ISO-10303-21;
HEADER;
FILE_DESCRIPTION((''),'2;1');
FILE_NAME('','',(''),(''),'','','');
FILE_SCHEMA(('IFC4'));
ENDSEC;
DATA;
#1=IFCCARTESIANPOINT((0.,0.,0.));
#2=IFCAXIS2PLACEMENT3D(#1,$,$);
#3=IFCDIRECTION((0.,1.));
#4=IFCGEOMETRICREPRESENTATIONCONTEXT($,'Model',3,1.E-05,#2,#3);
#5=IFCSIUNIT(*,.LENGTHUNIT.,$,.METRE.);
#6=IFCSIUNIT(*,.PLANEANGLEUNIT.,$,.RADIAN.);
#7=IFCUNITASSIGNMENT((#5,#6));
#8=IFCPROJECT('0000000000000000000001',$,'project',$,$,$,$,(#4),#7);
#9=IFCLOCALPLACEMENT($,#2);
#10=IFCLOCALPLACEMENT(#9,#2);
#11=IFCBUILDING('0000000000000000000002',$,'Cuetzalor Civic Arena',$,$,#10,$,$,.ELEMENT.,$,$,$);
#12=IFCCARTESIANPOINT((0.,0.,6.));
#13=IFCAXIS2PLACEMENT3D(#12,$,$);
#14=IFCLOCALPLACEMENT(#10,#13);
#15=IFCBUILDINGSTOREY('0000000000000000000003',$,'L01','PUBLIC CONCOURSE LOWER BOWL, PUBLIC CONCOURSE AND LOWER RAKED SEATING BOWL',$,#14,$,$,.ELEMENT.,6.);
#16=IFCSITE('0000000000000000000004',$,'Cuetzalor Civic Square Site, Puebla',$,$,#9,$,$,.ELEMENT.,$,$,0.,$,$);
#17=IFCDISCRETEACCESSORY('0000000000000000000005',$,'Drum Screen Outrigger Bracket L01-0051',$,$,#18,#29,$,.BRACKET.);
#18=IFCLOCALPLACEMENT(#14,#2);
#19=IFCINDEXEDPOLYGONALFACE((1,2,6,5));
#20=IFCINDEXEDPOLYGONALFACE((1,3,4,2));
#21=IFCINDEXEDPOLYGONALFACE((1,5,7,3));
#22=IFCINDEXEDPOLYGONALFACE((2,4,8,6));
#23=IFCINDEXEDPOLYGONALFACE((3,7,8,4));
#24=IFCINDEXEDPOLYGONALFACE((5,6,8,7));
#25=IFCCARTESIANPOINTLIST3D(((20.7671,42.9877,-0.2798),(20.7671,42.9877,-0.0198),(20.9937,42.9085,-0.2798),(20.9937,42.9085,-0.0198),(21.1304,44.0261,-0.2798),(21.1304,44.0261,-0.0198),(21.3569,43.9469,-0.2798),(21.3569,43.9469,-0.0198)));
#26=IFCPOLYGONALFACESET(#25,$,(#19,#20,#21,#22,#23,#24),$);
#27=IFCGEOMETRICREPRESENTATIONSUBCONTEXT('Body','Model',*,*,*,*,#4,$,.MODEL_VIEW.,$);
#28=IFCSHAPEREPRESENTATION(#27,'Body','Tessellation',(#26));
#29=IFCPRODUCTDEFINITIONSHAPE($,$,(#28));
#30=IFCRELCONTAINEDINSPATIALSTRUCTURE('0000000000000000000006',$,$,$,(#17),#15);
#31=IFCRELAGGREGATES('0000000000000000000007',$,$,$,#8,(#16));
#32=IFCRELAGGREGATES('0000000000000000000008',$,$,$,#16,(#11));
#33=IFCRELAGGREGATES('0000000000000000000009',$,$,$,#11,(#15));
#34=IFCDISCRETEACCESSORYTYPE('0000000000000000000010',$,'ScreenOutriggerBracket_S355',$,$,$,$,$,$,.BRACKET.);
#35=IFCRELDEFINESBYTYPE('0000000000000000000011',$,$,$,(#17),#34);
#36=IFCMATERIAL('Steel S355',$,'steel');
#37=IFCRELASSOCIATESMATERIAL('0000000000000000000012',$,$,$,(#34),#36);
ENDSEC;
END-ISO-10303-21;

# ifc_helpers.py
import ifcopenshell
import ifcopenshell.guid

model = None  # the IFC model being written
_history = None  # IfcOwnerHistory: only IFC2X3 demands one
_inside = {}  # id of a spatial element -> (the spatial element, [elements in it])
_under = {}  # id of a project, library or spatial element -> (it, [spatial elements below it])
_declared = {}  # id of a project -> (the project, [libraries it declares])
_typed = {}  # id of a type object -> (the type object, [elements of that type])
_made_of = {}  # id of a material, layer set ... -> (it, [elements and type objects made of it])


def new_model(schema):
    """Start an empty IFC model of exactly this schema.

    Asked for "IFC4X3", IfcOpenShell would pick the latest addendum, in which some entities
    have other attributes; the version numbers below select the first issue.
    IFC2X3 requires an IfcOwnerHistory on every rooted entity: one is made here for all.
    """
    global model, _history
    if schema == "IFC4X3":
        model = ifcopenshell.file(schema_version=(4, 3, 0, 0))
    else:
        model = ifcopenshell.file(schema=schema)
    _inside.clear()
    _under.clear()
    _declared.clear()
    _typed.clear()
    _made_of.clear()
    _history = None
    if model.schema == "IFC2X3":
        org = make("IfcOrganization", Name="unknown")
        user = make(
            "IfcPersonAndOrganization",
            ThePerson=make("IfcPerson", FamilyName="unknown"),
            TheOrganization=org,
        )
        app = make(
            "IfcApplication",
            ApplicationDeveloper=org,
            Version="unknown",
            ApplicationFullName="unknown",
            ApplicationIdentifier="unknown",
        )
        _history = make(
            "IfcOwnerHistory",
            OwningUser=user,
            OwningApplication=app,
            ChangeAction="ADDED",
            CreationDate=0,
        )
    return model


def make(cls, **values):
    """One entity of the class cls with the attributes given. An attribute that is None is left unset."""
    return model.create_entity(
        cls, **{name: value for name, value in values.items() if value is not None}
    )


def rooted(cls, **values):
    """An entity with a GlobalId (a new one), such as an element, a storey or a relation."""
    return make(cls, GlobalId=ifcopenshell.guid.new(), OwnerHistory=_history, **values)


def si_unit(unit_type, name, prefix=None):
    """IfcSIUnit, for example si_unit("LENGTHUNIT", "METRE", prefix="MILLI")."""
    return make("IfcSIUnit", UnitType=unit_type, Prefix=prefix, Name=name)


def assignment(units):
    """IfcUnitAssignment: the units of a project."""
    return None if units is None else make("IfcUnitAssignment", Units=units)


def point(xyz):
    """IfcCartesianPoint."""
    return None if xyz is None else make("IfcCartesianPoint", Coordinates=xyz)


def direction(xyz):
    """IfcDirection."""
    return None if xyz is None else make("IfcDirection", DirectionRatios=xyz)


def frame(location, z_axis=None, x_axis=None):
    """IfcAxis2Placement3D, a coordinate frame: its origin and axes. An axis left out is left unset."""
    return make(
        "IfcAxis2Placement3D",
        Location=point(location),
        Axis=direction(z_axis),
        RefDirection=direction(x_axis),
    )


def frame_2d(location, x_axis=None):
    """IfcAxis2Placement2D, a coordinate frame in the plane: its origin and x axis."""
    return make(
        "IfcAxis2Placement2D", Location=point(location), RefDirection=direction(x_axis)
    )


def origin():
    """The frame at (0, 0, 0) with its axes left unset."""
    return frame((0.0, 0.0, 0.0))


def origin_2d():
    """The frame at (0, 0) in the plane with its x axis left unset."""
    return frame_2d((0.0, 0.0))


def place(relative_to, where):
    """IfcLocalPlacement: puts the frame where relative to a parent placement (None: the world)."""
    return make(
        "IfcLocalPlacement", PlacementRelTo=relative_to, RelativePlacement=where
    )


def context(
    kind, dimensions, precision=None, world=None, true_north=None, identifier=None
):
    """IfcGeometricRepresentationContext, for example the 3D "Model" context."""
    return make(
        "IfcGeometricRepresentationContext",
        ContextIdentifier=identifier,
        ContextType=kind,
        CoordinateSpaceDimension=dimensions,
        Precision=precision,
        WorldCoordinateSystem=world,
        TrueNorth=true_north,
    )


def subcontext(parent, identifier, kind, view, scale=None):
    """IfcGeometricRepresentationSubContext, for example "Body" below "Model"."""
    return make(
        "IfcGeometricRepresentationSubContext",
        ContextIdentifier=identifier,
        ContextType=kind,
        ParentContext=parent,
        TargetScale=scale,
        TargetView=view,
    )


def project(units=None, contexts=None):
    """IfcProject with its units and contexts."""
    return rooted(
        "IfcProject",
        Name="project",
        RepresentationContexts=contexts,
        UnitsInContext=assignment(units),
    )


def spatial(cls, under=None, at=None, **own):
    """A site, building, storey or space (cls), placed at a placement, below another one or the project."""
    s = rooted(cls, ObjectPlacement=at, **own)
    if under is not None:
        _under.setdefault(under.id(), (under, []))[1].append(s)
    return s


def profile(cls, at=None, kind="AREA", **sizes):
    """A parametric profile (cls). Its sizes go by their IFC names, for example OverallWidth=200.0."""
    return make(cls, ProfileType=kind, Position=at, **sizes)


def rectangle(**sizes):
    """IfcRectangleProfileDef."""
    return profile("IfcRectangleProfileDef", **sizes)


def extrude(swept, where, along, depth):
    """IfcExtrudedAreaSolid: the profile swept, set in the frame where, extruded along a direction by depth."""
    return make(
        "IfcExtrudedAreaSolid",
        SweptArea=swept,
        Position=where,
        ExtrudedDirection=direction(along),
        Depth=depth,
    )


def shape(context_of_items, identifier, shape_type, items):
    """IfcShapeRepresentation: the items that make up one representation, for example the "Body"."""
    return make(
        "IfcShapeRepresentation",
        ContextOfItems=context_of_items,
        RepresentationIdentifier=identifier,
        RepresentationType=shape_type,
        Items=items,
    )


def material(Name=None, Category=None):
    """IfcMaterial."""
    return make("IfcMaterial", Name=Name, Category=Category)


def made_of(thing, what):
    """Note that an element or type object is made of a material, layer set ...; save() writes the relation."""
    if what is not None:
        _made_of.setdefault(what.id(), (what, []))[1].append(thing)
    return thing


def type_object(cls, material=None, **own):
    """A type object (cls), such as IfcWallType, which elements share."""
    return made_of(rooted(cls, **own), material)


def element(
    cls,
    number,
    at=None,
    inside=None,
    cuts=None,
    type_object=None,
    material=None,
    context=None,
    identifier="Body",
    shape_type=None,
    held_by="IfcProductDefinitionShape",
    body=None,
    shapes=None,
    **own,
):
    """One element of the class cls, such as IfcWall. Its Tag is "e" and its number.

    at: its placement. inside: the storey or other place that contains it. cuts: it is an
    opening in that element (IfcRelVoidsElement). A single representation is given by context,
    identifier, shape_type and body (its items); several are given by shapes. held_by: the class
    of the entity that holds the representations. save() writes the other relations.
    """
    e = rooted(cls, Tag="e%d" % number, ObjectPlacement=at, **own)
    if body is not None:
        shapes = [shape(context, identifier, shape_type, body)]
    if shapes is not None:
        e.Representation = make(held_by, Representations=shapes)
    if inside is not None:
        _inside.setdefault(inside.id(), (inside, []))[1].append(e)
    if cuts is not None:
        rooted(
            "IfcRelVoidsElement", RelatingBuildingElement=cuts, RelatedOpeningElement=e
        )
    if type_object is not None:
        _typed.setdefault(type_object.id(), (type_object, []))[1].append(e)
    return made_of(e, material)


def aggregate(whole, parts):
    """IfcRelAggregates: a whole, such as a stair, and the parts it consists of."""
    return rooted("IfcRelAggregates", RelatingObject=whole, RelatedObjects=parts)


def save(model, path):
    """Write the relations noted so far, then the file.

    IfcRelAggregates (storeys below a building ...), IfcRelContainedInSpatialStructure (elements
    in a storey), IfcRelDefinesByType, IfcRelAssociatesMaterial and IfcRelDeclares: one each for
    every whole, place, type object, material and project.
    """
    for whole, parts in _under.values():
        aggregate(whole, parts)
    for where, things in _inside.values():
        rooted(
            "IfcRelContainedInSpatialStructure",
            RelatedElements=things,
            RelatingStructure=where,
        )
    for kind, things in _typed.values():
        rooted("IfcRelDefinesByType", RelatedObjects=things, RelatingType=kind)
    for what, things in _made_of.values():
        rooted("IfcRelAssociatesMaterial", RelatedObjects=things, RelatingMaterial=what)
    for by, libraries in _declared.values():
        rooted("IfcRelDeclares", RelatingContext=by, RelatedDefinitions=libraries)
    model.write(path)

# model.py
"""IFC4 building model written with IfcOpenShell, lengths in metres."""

from ifc_helpers import new_model, si_unit, direction, frame, origin, origin_2d, place, context, subcontext, project, spatial, rectangle, extrude, material, type_object, element, save


model = new_model("IFC4")

# Units and contexts
model_context = context("Model", 3, precision=1e-05, world=origin(), true_north=direction((0.0, 1.0)))
body_context = subcontext(model_context, "Body", "Model", "MODEL_VIEW")
ifc_project = project(units=[si_unit("LENGTHUNIT", "METRE"), si_unit("PLANEANGLEUNIT", "RADIAN")], contexts=[model_context])

# Site, building, storey
site_placement = place(None, origin())
site = spatial("IfcSite", under=ifc_project, at=site_placement, Name="Cuetzalor Civic Square Site, Puebla", CompositionType="ELEMENT", RefElevation=0.0)
building_placement = place(site_placement, origin())
building = spatial("IfcBuilding", under=site, at=building_placement, Name="Cuetzalor Civic Arena", CompositionType="ELEMENT")
storey_placement = place(building_placement, frame((0.0, 0.0, 6.0)))
storey = spatial("IfcBuildingStorey", under=building, at=storey_placement, Name="L01", Description="PUBLIC CONCOURSE LOWER BOWL, PUBLIC CONCOURSE AND LOWER RAKED SEATING BOWL", CompositionType="ELEMENT", Elevation=6.0)

# Discrete accessory
ifc_material_1 = material(Name="Steel S355", Category="steel")
discrete_accessory_type = type_object("IfcDiscreteAccessoryType", Name="ScreenOutriggerBracket_S355", PredefinedType="BRACKET", material=ifc_material_1)
for number, where, z_axis, x_axis, name in (
    (1, (21.062, 43.4673, -0.2798), (0.0, 0.0, 1.0), (0.330185, 0.943916, 0.0), "Drum Screen Outrigger Bracket L01-0051"),
):
    element("IfcDiscreteAccessory", number, at=place(storey_placement, frame(where, z_axis=z_axis, x_axis=x_axis)), inside=storey, type_object=discrete_accessory_type, Name=name, PredefinedType="BRACKET", context=body_context, shape_type="SweptSolid", body=[
        extrude(rectangle(XDim=1.1001, YDim=0.24, at=origin_2d()), origin(), (0.0, 0.0, 1.0), 0.26),
    ])

save(model, "model.ifc")
